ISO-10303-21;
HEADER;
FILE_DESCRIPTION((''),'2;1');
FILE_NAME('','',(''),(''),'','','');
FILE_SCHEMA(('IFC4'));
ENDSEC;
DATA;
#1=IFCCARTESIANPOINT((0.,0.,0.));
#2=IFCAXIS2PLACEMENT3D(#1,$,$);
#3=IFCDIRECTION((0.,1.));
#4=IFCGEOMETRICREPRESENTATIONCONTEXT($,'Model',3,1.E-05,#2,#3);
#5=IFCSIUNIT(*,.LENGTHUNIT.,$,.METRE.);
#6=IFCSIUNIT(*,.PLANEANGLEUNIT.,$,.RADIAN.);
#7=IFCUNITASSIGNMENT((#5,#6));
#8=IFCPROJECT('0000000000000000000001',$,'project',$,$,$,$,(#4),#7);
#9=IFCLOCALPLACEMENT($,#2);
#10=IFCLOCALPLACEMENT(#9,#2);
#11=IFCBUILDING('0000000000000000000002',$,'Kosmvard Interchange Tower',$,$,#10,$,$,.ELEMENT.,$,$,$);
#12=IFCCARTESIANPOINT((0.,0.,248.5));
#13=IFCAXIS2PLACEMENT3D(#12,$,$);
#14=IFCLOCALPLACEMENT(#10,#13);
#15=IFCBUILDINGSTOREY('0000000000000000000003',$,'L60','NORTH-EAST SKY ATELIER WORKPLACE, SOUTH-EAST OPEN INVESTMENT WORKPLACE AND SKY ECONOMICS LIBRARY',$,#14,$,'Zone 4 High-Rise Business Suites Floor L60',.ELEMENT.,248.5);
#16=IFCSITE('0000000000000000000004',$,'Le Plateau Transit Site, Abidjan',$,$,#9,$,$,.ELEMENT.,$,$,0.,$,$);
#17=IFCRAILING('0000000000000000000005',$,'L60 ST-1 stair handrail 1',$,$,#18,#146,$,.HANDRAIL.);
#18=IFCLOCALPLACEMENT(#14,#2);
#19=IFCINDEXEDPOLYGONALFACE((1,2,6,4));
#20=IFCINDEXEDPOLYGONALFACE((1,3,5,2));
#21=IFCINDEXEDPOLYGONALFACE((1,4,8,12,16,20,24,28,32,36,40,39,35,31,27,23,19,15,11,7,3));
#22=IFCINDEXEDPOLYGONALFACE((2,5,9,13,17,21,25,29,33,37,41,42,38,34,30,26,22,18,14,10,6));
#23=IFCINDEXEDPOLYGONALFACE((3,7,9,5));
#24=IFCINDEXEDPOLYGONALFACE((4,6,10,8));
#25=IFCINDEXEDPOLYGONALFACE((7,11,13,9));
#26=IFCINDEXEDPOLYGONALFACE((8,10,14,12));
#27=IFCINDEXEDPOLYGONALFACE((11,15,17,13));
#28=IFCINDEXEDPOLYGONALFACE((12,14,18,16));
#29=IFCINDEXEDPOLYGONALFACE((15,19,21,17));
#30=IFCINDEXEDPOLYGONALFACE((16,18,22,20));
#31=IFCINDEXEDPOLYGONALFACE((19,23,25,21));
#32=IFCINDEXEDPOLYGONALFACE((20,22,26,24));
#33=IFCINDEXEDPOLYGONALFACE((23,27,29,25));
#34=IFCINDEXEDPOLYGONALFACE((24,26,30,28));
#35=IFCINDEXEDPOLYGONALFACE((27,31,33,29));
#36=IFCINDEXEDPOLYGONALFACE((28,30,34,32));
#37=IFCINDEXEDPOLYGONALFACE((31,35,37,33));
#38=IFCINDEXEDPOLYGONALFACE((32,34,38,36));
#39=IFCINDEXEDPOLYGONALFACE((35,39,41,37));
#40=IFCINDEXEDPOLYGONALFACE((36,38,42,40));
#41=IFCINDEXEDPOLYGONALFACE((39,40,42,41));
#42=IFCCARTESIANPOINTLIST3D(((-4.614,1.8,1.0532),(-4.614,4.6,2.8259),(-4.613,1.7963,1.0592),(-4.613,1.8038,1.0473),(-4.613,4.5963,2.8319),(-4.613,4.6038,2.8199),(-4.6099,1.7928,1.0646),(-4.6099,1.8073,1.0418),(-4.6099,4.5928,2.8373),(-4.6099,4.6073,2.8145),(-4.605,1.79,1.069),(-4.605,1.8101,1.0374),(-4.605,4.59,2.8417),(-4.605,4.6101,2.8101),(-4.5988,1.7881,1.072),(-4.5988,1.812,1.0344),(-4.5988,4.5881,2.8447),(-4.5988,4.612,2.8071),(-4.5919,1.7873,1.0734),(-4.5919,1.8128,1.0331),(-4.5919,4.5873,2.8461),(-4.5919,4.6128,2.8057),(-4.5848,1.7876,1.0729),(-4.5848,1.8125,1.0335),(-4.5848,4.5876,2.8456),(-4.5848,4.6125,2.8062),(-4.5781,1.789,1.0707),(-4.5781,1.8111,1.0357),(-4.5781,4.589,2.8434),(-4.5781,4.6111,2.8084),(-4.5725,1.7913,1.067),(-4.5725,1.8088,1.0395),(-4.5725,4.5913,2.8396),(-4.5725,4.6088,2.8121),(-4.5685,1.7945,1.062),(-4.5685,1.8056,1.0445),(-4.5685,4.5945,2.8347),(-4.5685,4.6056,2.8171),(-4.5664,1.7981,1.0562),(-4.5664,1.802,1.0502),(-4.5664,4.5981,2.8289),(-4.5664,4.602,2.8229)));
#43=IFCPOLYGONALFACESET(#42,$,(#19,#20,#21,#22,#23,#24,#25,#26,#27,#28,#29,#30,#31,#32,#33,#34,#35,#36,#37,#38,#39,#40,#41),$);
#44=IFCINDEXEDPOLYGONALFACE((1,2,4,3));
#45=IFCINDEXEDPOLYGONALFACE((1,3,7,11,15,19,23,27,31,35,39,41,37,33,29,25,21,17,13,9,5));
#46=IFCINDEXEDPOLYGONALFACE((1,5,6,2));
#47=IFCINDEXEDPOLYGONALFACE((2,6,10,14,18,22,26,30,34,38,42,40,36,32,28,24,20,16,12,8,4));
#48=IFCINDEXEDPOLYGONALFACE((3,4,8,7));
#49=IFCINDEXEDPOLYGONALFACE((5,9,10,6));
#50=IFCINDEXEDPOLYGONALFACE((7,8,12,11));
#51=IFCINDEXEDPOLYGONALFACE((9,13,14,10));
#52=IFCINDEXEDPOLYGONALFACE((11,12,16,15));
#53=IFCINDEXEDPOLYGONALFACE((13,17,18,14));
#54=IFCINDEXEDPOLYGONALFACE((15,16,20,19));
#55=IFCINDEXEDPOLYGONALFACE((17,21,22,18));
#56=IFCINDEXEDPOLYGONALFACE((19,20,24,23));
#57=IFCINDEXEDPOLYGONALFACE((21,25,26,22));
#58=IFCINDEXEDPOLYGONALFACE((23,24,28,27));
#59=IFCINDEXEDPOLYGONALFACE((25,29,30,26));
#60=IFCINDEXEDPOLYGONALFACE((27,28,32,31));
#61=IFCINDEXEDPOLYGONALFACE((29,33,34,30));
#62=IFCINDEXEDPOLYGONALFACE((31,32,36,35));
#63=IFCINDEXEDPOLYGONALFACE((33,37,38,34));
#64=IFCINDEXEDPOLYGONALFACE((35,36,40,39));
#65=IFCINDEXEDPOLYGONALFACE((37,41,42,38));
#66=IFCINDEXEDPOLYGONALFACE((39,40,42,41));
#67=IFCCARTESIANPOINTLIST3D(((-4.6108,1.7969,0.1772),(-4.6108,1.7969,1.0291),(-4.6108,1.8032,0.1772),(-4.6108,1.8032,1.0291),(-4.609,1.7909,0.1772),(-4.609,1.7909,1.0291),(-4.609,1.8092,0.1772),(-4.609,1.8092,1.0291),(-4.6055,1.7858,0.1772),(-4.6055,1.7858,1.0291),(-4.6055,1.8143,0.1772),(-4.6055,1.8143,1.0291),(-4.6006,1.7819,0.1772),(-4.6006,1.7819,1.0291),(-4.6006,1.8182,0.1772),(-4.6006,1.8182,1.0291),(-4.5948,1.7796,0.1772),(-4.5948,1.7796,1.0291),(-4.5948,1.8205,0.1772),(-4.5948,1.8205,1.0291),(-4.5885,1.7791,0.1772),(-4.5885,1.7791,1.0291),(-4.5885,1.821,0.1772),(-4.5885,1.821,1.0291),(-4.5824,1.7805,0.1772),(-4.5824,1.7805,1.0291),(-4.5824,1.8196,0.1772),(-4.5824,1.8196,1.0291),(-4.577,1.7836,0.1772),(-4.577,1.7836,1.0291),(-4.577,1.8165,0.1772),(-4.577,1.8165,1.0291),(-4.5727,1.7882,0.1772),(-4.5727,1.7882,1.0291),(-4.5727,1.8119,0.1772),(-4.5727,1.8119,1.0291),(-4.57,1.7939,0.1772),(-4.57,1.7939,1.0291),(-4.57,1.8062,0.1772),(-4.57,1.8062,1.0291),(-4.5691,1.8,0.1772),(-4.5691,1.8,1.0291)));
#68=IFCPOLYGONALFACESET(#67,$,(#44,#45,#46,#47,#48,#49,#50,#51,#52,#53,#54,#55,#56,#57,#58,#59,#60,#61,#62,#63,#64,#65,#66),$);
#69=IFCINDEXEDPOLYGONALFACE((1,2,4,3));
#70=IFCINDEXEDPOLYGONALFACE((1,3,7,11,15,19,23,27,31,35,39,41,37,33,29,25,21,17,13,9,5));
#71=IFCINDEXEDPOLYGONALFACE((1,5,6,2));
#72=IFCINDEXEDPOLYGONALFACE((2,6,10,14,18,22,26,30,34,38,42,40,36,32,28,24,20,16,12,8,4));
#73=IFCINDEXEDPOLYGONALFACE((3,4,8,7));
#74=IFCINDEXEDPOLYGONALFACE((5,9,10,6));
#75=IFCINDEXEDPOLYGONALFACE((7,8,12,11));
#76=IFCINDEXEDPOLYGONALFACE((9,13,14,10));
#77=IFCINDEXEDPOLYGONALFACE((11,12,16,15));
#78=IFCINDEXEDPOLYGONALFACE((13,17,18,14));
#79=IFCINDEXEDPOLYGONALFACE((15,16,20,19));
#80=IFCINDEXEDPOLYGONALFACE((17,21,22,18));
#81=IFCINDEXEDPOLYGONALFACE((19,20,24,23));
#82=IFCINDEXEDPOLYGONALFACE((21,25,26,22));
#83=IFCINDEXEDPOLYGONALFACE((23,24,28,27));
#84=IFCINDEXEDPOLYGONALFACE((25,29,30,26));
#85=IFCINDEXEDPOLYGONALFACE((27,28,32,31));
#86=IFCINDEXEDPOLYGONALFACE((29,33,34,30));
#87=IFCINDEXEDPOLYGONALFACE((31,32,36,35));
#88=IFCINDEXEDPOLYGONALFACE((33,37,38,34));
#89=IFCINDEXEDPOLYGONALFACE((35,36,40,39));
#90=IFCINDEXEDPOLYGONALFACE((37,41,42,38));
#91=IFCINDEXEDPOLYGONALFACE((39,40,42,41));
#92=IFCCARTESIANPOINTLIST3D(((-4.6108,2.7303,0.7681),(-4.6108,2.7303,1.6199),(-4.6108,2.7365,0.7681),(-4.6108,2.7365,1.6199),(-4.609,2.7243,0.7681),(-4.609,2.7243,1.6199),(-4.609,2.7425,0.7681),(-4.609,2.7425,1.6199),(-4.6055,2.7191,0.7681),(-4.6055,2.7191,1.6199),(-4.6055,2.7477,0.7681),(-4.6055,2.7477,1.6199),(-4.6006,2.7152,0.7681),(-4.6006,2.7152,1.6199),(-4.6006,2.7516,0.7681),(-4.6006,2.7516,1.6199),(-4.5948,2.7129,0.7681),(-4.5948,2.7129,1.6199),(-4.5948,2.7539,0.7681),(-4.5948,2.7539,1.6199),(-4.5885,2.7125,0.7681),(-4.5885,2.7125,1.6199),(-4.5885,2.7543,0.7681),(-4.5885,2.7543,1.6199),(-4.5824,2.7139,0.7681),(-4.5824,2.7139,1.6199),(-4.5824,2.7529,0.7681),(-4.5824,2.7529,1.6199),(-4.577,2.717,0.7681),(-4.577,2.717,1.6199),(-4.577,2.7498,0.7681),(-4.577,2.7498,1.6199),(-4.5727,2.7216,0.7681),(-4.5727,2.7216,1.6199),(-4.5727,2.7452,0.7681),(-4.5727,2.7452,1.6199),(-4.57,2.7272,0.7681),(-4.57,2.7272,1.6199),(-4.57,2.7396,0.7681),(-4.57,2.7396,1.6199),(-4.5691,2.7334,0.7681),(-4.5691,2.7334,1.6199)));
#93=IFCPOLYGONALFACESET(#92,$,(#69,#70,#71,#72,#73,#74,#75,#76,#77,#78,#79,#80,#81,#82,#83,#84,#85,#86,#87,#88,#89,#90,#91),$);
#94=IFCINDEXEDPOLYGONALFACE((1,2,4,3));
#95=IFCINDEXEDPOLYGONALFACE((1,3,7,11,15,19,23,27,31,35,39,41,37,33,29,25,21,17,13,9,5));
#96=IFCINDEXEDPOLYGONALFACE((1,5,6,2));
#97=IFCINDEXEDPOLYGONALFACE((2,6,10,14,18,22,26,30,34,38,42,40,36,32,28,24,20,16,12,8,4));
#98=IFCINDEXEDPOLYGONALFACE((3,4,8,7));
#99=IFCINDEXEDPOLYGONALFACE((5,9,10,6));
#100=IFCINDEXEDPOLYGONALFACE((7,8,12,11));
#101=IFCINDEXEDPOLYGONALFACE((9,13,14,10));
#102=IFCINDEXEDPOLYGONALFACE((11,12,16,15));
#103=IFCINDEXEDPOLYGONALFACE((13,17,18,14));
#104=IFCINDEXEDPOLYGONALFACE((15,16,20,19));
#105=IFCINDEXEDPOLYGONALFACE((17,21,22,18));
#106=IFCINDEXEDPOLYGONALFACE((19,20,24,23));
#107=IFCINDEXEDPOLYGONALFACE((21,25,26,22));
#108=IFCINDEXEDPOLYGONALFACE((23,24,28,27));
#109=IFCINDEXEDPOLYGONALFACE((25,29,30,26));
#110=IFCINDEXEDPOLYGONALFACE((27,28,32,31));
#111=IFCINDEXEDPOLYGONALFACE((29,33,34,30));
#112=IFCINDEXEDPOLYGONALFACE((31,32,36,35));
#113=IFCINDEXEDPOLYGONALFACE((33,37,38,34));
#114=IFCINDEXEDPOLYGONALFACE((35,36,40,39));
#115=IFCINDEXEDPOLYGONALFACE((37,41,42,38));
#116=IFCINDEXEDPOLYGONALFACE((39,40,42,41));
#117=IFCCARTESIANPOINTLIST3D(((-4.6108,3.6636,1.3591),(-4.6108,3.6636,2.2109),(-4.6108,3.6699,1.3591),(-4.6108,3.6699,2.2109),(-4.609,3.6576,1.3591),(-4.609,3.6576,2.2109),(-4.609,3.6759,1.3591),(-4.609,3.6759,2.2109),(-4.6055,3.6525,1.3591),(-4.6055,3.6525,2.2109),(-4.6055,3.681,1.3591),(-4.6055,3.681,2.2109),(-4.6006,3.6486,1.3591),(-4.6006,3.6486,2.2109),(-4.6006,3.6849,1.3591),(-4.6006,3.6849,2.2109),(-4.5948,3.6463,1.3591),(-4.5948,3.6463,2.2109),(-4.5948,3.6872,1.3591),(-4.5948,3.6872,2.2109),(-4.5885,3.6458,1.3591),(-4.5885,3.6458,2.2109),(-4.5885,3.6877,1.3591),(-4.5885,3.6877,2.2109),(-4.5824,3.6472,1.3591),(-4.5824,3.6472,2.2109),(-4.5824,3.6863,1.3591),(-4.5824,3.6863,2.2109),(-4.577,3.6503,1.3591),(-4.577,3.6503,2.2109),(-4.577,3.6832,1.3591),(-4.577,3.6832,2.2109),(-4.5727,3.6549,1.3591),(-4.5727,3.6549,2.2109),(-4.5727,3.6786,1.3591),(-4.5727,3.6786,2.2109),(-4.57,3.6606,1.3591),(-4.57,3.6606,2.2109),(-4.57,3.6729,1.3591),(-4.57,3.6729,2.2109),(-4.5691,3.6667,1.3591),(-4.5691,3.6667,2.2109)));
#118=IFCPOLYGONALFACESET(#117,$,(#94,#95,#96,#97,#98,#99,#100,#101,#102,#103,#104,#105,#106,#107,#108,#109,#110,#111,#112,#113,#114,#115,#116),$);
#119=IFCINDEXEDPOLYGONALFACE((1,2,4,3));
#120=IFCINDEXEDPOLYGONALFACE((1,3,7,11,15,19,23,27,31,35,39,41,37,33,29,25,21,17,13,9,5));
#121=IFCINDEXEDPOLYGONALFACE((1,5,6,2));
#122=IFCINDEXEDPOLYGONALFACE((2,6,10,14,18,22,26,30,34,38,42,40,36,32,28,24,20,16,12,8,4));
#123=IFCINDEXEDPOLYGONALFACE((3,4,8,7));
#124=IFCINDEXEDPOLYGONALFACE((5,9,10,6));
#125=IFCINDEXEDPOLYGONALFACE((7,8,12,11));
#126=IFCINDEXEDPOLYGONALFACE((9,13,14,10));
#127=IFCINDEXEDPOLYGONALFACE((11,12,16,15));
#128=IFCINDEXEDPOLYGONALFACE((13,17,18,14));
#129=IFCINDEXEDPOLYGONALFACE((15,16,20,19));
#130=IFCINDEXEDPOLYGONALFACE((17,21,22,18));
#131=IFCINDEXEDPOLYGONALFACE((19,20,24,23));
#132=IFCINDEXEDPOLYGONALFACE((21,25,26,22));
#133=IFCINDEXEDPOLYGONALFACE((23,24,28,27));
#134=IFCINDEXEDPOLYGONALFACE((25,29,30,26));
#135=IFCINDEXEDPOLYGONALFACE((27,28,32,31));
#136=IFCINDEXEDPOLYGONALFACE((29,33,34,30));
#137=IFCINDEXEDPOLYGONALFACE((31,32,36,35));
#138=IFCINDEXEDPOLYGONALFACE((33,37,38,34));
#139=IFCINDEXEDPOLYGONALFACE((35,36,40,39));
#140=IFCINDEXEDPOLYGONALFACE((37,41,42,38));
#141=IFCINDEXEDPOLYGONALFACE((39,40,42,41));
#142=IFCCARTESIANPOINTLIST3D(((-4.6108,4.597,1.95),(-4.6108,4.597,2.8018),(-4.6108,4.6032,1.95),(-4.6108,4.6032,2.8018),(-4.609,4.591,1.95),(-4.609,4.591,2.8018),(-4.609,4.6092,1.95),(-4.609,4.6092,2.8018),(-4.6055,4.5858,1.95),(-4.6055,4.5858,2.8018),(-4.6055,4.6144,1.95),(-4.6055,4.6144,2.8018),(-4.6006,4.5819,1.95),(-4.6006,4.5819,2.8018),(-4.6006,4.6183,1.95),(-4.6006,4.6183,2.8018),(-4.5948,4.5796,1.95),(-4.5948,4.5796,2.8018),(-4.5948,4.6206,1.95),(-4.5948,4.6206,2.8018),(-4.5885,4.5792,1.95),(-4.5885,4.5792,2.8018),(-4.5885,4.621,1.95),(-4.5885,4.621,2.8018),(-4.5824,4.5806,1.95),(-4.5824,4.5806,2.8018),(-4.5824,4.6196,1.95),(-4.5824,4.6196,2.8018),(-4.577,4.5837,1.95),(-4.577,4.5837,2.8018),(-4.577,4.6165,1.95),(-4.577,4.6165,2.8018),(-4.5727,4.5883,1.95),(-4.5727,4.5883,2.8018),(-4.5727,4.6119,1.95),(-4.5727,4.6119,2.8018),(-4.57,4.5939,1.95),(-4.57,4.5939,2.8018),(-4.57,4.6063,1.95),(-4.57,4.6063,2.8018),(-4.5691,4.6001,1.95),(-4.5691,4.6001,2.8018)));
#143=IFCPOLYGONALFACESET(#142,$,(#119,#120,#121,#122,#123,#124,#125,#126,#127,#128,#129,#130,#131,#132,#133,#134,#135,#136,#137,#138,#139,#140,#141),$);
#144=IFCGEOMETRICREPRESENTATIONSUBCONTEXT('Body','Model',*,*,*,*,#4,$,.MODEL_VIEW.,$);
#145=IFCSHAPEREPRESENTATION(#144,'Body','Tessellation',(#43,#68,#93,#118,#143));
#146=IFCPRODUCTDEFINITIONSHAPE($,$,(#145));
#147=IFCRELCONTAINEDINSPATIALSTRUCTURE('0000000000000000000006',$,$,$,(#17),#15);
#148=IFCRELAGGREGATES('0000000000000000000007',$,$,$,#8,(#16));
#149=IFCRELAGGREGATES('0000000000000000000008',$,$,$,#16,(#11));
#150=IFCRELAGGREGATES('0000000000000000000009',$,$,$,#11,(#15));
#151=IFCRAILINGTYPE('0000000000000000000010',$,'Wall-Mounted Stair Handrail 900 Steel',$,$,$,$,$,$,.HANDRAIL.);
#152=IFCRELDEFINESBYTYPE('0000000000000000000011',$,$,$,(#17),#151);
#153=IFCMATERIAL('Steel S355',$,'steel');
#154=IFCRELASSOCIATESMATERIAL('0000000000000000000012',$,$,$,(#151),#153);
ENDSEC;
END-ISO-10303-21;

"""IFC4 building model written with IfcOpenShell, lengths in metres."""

from ifc_helpers import new_model, si_unit, direction, frame, origin, origin_2d, place, context, subcontext, project, spatial, circle, extrude, source, transform, mapped, material, type_object, element, save


model = new_model("IFC4")

# Units and contexts
model_context = context("Model", 3, precision=1e-05, world=origin(), true_north=direction((0.0, 1.0)))
body_context = subcontext(model_context, "Body", "Model", "MODEL_VIEW")
ifc_project = project(units=[si_unit("LENGTHUNIT", "METRE"), si_unit("PLANEANGLEUNIT", "RADIAN")], contexts=[model_context])

# Site, building, storey
site_placement = place(None, origin())
site = spatial("IfcSite", under=ifc_project, at=site_placement, Name="Le Plateau Transit Site, Abidjan", CompositionType="ELEMENT", RefElevation=0.0)
building_placement = place(site_placement, origin())
building = spatial("IfcBuilding", under=site, at=building_placement, Name="Kosmvard Interchange Tower", CompositionType="ELEMENT")
storey_placement = place(building_placement, frame((0.0, 0.0, 248.5)))
storey = spatial("IfcBuildingStorey", under=building, at=storey_placement, Name="L60", Description="NORTH-EAST SKY ATELIER WORKPLACE, SOUTH-EAST OPEN INVESTMENT WORKPLACE AND SKY ECONOMICS LIBRARY", LongName="Zone 4 High-Rise Business Suites Floor L60", CompositionType="ELEMENT", Elevation=248.5)

# Shared definitions
ifc_material_1 = material(Name="Steel S355", Category="steel")

# Railing
railing_type_1 = type_object("IfcRailingType", Name="Wall-Mounted Stair Handrail 900 Steel", PredefinedType="HANDRAIL", material=ifc_material_1)
shared_shape_1 = source(origin(), body_context, "Body", "SweptSolid", [
    extrude(circle(Radius=0.0239, at=origin_2d()), frame((0.0, 0.0, 0.876), z_axis=(0.0, 0.844909, 0.53491), x_axis=(-1.0, 0.0, 0.0)), (0.0, 0.0, 1.0), 3.314),
    extrude(circle(Radius=0.021, at=origin_2d()), origin(), (0.0, 0.0, 1.0), 0.8518),
    extrude(circle(Radius=0.021, at=origin_2d()), frame((0.0, 0.9333, 0.5908)), (0.0, 0.0, 1.0), 0.8518),
    extrude(circle(Radius=0.021, at=origin_2d()), frame((0.0, 1.8667, 1.1819)), (0.0, 0.0, 1.0), 0.8518),
    extrude(circle(Radius=0.021, at=origin_2d()), frame((0.0, 2.8, 1.7727)), (0.0, 0.0, 1.0), 0.8518),
])
railing_1_placement = place(storey_placement, frame((-4.5901, 1.8, 0.1772)))
element("IfcRailing", 1, at=railing_1_placement, inside=storey, type_object=railing_type_1, Name="L60 ST-1 stair handrail 1", PredefinedType="HANDRAIL", context=body_context, shape_type="MappedRepresentation", body=[
    mapped(shared_shape_1, transform((0.0, 0.0, 0.0), scale=1.0)),
])

save(model, "model.ifc")
